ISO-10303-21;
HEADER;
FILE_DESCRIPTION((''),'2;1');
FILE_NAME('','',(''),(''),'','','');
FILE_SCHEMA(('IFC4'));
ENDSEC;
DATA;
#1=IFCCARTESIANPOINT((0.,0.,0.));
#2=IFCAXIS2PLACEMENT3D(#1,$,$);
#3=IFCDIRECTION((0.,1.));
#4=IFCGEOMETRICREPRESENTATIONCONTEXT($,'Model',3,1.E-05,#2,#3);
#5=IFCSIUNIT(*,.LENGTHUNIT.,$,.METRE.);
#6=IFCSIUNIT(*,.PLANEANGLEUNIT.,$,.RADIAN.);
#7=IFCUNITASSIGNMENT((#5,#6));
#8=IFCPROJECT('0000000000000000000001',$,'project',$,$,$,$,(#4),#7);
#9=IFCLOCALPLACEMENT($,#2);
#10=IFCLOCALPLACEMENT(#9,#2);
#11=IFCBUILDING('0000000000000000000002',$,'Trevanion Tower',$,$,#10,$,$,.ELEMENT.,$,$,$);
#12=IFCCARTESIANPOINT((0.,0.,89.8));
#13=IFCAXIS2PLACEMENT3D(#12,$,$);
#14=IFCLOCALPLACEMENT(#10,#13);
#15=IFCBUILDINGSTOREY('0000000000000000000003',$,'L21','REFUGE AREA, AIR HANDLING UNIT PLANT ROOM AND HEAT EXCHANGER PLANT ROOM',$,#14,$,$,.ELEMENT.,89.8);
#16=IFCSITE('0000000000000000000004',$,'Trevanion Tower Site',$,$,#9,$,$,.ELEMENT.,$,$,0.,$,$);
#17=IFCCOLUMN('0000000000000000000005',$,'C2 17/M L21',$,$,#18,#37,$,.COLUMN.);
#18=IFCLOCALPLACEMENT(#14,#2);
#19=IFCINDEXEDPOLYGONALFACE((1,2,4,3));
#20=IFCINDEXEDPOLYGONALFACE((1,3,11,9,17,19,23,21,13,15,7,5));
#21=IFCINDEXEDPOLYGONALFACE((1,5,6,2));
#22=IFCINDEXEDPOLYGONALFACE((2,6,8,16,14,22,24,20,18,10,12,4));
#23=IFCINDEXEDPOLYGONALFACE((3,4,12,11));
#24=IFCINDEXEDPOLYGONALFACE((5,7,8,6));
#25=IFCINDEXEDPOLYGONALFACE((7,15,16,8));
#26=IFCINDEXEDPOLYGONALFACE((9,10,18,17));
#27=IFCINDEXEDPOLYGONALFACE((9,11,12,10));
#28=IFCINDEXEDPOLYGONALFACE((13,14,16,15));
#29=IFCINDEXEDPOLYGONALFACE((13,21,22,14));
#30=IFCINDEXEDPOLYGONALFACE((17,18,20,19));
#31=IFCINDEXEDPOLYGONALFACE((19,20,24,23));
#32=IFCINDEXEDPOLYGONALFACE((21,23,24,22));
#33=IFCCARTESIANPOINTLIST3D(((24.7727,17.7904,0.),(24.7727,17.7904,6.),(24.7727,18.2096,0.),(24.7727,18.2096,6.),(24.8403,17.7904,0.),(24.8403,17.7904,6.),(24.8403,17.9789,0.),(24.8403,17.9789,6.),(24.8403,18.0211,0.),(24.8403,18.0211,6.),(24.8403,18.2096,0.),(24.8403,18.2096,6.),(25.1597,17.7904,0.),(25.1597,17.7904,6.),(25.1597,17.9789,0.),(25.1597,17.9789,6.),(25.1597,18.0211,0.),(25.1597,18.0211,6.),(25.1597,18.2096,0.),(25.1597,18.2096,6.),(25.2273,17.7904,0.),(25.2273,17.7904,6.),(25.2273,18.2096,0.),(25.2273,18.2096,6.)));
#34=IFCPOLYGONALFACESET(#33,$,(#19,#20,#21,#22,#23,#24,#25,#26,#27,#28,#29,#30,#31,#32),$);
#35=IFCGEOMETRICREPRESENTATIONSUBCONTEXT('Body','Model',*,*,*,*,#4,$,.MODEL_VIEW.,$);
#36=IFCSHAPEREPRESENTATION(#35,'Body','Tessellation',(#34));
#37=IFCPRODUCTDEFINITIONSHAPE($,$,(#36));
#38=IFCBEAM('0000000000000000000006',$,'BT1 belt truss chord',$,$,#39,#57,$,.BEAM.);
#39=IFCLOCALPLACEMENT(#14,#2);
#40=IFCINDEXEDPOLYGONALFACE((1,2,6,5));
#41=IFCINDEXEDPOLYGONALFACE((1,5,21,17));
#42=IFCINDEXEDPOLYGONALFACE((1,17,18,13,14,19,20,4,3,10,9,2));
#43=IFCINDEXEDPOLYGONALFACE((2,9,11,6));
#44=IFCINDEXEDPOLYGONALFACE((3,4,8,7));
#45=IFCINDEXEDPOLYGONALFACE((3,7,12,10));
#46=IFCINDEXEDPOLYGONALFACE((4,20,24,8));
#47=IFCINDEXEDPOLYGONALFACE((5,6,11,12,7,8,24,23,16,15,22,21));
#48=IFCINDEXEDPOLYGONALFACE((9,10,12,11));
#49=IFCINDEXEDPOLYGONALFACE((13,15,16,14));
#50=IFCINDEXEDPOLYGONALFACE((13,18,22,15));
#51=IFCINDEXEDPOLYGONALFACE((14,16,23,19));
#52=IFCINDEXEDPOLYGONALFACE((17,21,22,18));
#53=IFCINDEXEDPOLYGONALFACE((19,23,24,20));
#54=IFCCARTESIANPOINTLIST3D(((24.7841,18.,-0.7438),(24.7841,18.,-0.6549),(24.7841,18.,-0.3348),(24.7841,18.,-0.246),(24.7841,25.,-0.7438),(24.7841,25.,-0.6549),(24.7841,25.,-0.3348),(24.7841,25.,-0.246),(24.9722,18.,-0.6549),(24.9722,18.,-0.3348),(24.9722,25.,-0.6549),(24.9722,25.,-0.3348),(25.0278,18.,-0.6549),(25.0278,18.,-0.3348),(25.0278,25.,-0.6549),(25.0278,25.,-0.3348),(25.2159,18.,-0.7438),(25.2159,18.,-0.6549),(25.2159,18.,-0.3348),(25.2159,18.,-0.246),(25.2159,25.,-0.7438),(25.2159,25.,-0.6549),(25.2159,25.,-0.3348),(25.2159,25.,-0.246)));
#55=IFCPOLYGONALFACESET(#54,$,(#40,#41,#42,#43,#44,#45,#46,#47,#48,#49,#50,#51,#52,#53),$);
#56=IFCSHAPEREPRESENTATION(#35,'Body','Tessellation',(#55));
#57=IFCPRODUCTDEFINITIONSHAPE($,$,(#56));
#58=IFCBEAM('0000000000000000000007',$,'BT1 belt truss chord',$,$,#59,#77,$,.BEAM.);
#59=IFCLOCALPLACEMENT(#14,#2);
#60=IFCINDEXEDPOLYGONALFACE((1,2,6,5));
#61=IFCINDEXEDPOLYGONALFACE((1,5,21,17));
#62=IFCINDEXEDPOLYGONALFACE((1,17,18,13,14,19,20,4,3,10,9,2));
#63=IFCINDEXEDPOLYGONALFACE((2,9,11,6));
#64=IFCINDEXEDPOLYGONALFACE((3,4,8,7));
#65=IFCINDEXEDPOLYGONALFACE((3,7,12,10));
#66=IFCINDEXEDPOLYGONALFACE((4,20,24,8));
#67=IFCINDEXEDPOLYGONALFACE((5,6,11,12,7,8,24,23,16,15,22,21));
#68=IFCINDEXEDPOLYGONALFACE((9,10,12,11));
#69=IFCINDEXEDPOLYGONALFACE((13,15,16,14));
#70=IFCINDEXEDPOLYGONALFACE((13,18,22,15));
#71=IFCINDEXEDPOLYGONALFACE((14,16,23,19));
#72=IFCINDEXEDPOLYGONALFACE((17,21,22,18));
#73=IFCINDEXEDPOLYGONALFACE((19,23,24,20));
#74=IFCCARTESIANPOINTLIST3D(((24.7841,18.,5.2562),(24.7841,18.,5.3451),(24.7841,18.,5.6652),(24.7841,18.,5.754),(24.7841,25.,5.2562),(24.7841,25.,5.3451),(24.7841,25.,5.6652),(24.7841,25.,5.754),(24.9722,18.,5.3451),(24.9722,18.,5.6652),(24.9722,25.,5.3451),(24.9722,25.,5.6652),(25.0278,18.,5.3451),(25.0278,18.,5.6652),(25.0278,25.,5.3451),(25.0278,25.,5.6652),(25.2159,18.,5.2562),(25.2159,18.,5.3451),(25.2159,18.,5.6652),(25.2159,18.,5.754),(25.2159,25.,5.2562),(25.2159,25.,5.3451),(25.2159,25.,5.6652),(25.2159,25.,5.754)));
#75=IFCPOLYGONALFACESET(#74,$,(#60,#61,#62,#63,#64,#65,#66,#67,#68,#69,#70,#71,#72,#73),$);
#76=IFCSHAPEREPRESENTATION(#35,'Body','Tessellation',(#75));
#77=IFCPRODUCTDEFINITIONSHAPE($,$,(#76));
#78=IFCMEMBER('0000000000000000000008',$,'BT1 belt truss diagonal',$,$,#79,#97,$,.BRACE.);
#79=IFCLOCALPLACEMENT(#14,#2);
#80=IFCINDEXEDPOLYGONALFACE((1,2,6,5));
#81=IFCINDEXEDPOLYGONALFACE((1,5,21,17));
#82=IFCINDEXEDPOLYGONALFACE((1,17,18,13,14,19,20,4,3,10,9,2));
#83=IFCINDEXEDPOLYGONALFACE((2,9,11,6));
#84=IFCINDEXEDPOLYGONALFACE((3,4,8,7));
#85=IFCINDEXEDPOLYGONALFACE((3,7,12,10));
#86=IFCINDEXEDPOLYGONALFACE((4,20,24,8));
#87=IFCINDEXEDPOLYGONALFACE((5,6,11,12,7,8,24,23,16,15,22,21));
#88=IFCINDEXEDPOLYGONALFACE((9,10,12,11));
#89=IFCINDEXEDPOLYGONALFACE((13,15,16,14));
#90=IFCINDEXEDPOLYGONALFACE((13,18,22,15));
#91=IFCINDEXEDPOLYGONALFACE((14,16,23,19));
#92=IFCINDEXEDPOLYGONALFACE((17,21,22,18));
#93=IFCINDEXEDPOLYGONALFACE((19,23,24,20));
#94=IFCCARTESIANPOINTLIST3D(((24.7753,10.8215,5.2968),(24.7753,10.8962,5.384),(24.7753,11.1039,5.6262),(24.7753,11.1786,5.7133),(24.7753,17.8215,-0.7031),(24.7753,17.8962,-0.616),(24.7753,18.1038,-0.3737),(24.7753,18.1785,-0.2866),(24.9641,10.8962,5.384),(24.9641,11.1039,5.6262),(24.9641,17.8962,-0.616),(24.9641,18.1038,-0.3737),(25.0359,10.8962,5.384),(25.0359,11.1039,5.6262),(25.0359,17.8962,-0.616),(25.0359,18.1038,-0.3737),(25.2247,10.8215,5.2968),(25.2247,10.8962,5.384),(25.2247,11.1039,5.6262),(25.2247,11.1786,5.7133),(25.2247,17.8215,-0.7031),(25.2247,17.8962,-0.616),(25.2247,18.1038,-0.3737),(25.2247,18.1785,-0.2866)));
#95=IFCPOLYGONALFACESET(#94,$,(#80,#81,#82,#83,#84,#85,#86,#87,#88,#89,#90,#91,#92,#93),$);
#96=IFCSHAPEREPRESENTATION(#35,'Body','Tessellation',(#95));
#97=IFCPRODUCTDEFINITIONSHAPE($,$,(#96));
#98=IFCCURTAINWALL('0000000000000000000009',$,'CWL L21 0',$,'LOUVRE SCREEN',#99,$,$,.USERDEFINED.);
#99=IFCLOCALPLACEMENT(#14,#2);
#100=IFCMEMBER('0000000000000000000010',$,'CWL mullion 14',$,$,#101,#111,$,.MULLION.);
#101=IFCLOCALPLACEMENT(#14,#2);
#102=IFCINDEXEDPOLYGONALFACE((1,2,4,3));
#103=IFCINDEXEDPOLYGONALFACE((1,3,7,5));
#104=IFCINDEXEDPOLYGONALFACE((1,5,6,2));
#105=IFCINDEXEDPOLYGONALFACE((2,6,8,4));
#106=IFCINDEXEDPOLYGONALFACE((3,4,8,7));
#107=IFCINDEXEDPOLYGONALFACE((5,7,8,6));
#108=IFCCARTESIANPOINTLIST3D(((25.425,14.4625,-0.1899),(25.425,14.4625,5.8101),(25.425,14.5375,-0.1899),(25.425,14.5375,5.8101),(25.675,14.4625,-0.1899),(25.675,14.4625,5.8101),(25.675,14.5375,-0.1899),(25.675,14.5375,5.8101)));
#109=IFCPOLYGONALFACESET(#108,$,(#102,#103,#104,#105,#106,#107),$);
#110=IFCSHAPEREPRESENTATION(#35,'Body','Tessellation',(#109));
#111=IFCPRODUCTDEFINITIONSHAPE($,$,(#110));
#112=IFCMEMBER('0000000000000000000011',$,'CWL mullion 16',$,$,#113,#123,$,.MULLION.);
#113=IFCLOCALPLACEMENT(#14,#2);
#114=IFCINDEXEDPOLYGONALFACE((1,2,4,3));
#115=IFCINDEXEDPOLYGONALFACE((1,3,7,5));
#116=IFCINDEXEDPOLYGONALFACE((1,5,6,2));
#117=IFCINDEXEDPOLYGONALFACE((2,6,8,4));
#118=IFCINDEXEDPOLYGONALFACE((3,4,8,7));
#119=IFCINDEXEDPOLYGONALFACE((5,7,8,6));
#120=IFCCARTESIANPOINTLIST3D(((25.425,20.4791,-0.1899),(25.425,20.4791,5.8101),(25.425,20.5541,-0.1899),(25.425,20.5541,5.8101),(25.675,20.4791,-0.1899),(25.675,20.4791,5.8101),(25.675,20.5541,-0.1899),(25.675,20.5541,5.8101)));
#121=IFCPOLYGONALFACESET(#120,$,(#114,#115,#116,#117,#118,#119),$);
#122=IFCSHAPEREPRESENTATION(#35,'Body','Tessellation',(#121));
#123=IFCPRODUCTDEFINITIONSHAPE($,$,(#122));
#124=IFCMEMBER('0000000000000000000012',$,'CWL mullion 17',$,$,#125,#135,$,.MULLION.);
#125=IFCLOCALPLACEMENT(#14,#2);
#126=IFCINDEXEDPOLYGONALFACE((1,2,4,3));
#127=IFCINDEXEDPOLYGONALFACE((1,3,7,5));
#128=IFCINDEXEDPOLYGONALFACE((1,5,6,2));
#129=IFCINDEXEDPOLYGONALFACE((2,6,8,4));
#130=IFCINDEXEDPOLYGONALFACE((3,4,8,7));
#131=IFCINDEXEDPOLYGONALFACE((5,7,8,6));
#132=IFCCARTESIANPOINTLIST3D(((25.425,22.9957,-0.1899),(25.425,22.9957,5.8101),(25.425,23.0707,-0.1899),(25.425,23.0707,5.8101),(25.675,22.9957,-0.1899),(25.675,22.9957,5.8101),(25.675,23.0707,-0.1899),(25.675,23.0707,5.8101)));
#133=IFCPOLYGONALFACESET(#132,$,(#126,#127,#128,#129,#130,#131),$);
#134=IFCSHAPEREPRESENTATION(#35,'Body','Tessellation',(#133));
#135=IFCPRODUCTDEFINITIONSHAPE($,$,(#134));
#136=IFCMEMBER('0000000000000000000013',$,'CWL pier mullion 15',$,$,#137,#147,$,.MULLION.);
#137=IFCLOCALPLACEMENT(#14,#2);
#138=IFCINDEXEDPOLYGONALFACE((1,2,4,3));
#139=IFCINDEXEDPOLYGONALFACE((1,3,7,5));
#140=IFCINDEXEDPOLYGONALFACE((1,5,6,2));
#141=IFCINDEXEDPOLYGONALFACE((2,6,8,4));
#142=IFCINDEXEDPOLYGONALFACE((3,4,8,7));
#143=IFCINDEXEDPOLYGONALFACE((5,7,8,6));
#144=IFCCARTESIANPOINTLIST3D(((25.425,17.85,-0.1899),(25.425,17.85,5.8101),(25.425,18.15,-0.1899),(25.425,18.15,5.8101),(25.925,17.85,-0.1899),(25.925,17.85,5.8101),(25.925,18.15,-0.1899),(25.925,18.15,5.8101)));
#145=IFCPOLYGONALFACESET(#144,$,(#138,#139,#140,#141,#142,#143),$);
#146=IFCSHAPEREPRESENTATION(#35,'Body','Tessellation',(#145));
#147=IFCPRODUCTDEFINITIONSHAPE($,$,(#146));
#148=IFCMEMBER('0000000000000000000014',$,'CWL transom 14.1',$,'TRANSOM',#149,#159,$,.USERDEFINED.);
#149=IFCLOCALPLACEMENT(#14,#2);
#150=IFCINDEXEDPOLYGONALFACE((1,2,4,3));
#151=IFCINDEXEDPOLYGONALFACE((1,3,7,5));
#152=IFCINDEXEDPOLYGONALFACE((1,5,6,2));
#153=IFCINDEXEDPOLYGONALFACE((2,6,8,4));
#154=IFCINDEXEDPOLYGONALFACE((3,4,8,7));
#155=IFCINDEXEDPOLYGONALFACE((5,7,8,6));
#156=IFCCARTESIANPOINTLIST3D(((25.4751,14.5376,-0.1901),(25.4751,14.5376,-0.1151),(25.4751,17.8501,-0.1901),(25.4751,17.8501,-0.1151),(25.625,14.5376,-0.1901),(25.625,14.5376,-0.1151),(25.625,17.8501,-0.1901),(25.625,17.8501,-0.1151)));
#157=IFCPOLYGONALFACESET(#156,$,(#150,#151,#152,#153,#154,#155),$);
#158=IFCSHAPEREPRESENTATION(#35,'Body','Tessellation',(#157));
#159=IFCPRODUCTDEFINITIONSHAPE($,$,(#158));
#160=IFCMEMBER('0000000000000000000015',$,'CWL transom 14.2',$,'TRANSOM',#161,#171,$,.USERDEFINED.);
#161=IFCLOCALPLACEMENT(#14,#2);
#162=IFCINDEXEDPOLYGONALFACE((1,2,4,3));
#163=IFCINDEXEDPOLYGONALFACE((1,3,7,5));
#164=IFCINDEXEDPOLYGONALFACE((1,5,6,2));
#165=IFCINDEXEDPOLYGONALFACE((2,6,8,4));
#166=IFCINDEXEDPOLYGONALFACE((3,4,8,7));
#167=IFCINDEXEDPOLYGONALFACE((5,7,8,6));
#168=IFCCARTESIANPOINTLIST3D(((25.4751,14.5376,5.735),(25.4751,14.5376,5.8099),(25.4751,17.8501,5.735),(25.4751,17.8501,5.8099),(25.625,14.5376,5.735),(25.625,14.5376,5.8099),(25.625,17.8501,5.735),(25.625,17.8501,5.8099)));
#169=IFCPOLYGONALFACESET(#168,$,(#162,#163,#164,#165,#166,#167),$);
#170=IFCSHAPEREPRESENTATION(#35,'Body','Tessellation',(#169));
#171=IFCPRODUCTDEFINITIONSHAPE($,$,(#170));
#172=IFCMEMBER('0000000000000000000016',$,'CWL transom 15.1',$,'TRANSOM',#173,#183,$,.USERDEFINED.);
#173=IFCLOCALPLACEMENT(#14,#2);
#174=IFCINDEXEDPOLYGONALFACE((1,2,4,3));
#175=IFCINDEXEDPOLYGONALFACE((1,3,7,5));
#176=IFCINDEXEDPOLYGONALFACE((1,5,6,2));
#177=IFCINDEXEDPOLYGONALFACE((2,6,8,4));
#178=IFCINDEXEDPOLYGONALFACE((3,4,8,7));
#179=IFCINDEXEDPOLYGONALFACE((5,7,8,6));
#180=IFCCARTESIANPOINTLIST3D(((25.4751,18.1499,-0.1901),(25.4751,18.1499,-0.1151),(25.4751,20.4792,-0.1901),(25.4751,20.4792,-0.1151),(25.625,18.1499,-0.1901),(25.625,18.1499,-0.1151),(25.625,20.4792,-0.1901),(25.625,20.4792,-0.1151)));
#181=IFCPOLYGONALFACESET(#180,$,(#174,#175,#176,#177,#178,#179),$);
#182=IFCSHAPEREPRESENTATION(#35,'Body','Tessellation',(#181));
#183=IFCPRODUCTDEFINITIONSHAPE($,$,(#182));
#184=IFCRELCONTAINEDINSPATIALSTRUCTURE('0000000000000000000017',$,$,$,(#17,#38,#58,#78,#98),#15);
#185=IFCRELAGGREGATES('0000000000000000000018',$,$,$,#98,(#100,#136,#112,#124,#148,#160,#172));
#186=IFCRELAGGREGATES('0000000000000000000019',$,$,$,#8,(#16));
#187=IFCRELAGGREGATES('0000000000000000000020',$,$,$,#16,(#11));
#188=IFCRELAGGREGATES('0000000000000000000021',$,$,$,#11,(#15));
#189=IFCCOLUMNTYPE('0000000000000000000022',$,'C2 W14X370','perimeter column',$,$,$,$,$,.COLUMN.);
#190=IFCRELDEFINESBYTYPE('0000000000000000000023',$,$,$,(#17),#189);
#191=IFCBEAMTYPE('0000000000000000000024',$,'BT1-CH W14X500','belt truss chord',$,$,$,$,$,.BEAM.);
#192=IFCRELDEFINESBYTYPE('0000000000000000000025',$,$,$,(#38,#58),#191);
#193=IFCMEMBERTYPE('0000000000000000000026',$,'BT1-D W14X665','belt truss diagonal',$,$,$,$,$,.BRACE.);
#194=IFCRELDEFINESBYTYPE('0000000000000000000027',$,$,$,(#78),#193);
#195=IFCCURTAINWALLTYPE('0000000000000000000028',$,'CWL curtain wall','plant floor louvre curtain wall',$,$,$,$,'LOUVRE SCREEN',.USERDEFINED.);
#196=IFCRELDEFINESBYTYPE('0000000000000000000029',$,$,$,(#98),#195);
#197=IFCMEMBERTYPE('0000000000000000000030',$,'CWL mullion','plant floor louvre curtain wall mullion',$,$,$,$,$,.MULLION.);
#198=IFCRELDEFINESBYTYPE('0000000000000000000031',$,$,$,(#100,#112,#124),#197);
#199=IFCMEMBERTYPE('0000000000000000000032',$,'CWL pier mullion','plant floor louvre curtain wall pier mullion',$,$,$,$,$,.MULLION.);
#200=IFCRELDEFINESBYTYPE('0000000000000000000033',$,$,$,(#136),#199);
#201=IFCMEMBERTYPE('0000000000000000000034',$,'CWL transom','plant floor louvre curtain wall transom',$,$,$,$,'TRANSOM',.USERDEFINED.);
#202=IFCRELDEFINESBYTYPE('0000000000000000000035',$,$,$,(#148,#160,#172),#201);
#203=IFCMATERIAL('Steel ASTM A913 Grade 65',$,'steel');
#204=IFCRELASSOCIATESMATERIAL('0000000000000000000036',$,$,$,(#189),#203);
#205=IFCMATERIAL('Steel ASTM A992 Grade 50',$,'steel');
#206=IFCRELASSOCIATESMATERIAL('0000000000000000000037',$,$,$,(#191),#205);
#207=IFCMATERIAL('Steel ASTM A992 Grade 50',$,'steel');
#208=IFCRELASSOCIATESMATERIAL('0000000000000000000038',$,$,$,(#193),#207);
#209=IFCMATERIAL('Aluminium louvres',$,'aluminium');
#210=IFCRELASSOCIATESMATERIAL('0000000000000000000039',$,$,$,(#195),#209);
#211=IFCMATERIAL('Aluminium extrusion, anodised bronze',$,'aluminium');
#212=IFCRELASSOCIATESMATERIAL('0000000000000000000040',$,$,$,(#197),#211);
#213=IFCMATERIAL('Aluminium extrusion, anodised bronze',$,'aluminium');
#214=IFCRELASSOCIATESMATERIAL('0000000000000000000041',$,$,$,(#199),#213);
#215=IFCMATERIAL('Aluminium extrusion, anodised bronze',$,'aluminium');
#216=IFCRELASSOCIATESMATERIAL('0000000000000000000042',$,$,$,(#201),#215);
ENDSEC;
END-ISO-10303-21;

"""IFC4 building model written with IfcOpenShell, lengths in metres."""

from ifc_helpers import new_model, si_unit, direction, frame, origin, origin_2d, place, context, subcontext, project, spatial, rectangle, i_section, extrude, material, material_profile, profile_set, type_object, element, aggregate, save


model = new_model("IFC4")

# Units and contexts
model_context = context("Model", 3, precision=1e-05, world=origin(), true_north=direction((0.0, 1.0)))
body_context = subcontext(model_context, "Body", "Model", "MODEL_VIEW")
ifc_project = project(units=[si_unit("LENGTHUNIT", "METRE"), si_unit("PLANEANGLEUNIT", "RADIAN")], contexts=[model_context])

# Site, building, storey
site_placement = place(None, origin())
site = spatial("IfcSite", under=ifc_project, at=site_placement, Name="Trevanion Tower Site", CompositionType="ELEMENT", RefElevation=0.0)
building_placement = place(site_placement, origin())
building = spatial("IfcBuilding", under=site, at=building_placement, Name="Trevanion Tower", CompositionType="ELEMENT")
storey_placement = place(building_placement, frame((0.0, 0.0, 89.8)))
storey = spatial("IfcBuildingStorey", under=building, at=storey_placement, Name="L21", Description="REFUGE AREA, AIR HANDLING UNIT PLANT ROOM AND HEAT EXCHANGER PLANT ROOM", CompositionType="ELEMENT", Elevation=89.8)

# Column
ifc_material_1 = material(Name="Steel ASTM A913 Grade 65", Category="steel")
ifc_material_profile_1 = material_profile(ifc_material_1, i_section(OverallWidth=0.4192, OverallDepth=0.4546, WebThickness=0.0422, FlangeThickness=0.0676, at=origin_2d()), Name="W14X370")
ifc_profile_set_1 = profile_set([ifc_material_profile_1], Name="Steel ASTM A913 Grade 65")
column_type = type_object("IfcColumnType", Name="C2 W14X370", Description="perimeter column", PredefinedType="COLUMN", material=ifc_profile_set_1)
column_placement = place(storey_placement, frame((25.0, 18.0, 0.0), z_axis=(0.0, 0.0, 1.0), x_axis=(0.0, 1.0, 0.0)))
element("IfcColumn", 1, at=column_placement, inside=storey, type_object=column_type, Name="C2 17/M L21", PredefinedType="COLUMN", context=body_context, shape_type="SweptSolid", body=[
    extrude(i_section(OverallWidth=0.4192, OverallDepth=0.4546, WebThickness=0.0422, FlangeThickness=0.0676, at=origin_2d()), origin(), (0.0, 0.0, 1.0), 6.0),
])

# Beams
ifc_material_2 = material(Name="Steel ASTM A992 Grade 50", Category="steel")
ifc_material_profile_2 = material_profile(ifc_material_2, i_section(OverallWidth=0.4319, OverallDepth=0.4978, WebThickness=0.0557, FlangeThickness=0.0889, at=origin_2d()), Name="W14X500")
ifc_profile_set_2 = profile_set([ifc_material_profile_2], Name="Steel ASTM A992 Grade 50")
beam_type = type_object("IfcBeamType", Name="BT1-CH W14X500", Description="belt truss chord", PredefinedType="BEAM", material=ifc_profile_set_2)
for number, where, z_axis, x_axis, name in (
    (2, (25.0, 18.0, -0.4949), (0.0, 1.0, 0.0), (-1.0, 0.0, 0.0), "BT1 belt truss chord"),
    (3, (25.0, 18.0, 5.5051), (0.0, 1.0, 0.0), (-1.0, 0.0, 0.0), "BT1 belt truss chord"),
):
    element("IfcBeam", number, at=place(storey_placement, frame(where, z_axis=z_axis, x_axis=x_axis)), inside=storey, type_object=beam_type, Name=name, PredefinedType="BEAM", context=body_context, shape_type="SweptSolid", body=[
        extrude(i_section(OverallWidth=0.4319, OverallDepth=0.4978, WebThickness=0.0557, FlangeThickness=0.0889, at=origin_2d()), origin(), (0.0, 0.0, 1.0), 7.0),
    ])

# Member
ifc_material_3 = material(Name="Steel ASTM A992 Grade 50", Category="steel")
ifc_material_profile_3 = material_profile(ifc_material_3, i_section(OverallWidth=0.4495, OverallDepth=0.5486, WebThickness=0.0718, FlangeThickness=0.1147, at=origin_2d()), Name="W14X665")
ifc_profile_set_3 = profile_set([ifc_material_profile_3], Name="Steel ASTM A992 Grade 50")
member_type_1 = type_object("IfcMemberType", Name="BT1-D W14X665", Description="belt truss diagonal", PredefinedType="BRACE", material=ifc_profile_set_3)
member_1_placement = place(storey_placement, frame((25.0, 18.0, -0.4949), z_axis=(0.0, -0.759257, 0.650791), x_axis=(1.0, 0.0, 0.0)))
element("IfcMember", 4, at=member_1_placement, inside=storey, type_object=member_type_1, Name="BT1 belt truss diagonal", PredefinedType="BRACE", context=body_context, shape_type="SweptSolid", body=[
    extrude(i_section(OverallWidth=0.4495, OverallDepth=0.5486, WebThickness=0.0718, FlangeThickness=0.1147, at=origin_2d()), origin(), (0.0, 0.0, 1.0), 9.2195),
])

# Curtain wall, members
ifc_material_4 = material(Name="Aluminium louvres", Category="aluminium")
curtain_wall_type = type_object("IfcCurtainWallType", Name="CWL curtain wall", Description="plant floor louvre curtain wall", ElementType="LOUVRE SCREEN", PredefinedType="USERDEFINED", material=ifc_material_4)
curtain_wall_placement = place(storey_placement, origin())
curtain_wall = element("IfcCurtainWall", 5, at=curtain_wall_placement, inside=storey, type_object=curtain_wall_type, Name="CWL L21 0", ObjectType="LOUVRE SCREEN", PredefinedType="USERDEFINED")
ifc_material_5 = material(Name="Aluminium extrusion, anodised bronze", Category="aluminium")
ifc_material_profile_4 = material_profile(ifc_material_5, rectangle(XDim=0.075, YDim=0.25, at=origin_2d()), Name="CWL mullion")
ifc_profile_set_4 = profile_set([ifc_material_profile_4], Name="Aluminium extrusion, anodised bronze")
member_type_2 = type_object("IfcMemberType", Name="CWL mullion", Description="plant floor louvre curtain wall mullion", PredefinedType="MULLION", material=ifc_profile_set_4)
member_2_placement = place(storey_placement, frame((25.55, 14.5, -0.1899), z_axis=(0.0, 0.0, 1.0), x_axis=(0.0, 1.0, 0.0)))
member_2 = element("IfcMember", 6, at=member_2_placement, type_object=member_type_2, Name="CWL mullion 14", PredefinedType="MULLION", context=body_context, shape_type="SweptSolid", body=[
    extrude(rectangle(XDim=0.075, YDim=0.25, at=origin_2d()), origin(), (0.0, 0.0, 1.0), 6.0),
])
member_3_placement = place(storey_placement, frame((25.55, 20.5166, -0.1899), z_axis=(0.0, 0.0, 1.0), x_axis=(0.0, 1.0, 0.0)))
member_3 = element("IfcMember", 7, at=member_3_placement, type_object=member_type_2, Name="CWL mullion 16", PredefinedType="MULLION", context=body_context, shape_type="SweptSolid", body=[
    extrude(rectangle(XDim=0.075, YDim=0.25, at=origin_2d()), origin(), (0.0, 0.0, 1.0), 6.0),
])
member_4_placement = place(storey_placement, frame((25.55, 23.0332, -0.1899), z_axis=(0.0, 0.0, 1.0), x_axis=(0.0, 1.0, 0.0)))
member_4 = element("IfcMember", 8, at=member_4_placement, type_object=member_type_2, Name="CWL mullion 17", PredefinedType="MULLION", context=body_context, shape_type="SweptSolid", body=[
    extrude(rectangle(XDim=0.075, YDim=0.25, at=origin_2d()), origin(), (0.0, 0.0, 1.0), 6.0),
])
ifc_material_6 = material(Name="Aluminium extrusion, anodised bronze", Category="aluminium")
ifc_material_profile_5 = material_profile(ifc_material_6, rectangle(XDim=0.3, YDim=0.5, at=origin_2d()), Name="CWL pier mullion")
ifc_profile_set_5 = profile_set([ifc_material_profile_5], Name="Aluminium extrusion, anodised bronze")
member_type_3 = type_object("IfcMemberType", Name="CWL pier mullion", Description="plant floor louvre curtain wall pier mullion", PredefinedType="MULLION", material=ifc_profile_set_5)
member_5_placement = place(storey_placement, frame((25.675, 18.0, -0.1899), z_axis=(0.0, 0.0, 1.0), x_axis=(0.0, 1.0, 0.0)))
member_5 = element("IfcMember", 9, at=member_5_placement, type_object=member_type_3, Name="CWL pier mullion 15", PredefinedType="MULLION", context=body_context, shape_type="SweptSolid", body=[
    extrude(rectangle(XDim=0.3, YDim=0.5, at=origin_2d()), origin(), (0.0, 0.0, 1.0), 6.0),
])
ifc_material_7 = material(Name="Aluminium extrusion, anodised bronze", Category="aluminium")
ifc_material_profile_6 = material_profile(ifc_material_7, rectangle(XDim=0.1499, YDim=0.075, at=origin_2d()), Name="CWL transom")
ifc_profile_set_6 = profile_set([ifc_material_profile_6], Name="Aluminium extrusion, anodised bronze")
member_type_4 = type_object("IfcMemberType", Name="CWL transom", Description="plant floor louvre curtain wall transom", ElementType="TRANSOM", PredefinedType="USERDEFINED", material=ifc_profile_set_6)
member_6_placement = place(storey_placement, frame((25.55, 14.5376, -0.1526), z_axis=(0.0, 1.0, 0.0), x_axis=(-1.0, 0.0, 0.0)))
member_6 = element("IfcMember", 10, at=member_6_placement, type_object=member_type_4, Name="CWL transom 14.1", ObjectType="TRANSOM", PredefinedType="USERDEFINED", context=body_context, shape_type="SweptSolid", body=[
    extrude(rectangle(XDim=0.1499, YDim=0.075, at=origin_2d()), origin(), (0.0, 0.0, 1.0), 3.3125),
])
member_7_placement = place(storey_placement, frame((25.55, 14.5376, 5.7725), z_axis=(0.0, 1.0, 0.0), x_axis=(-1.0, 0.0, 0.0)))
member_7 = element("IfcMember", 11, at=member_7_placement, type_object=member_type_4, Name="CWL transom 14.2", ObjectType="TRANSOM", PredefinedType="USERDEFINED", context=body_context, shape_type="SweptSolid", body=[
    extrude(rectangle(XDim=0.1499, YDim=0.075, at=origin_2d()), origin(), (0.0, 0.0, 1.0), 3.3125),
])
member_8_placement = place(storey_placement, frame((25.55, 18.1499, -0.1526), z_axis=(0.0, 1.0, 0.0), x_axis=(-1.0, 0.0, 0.0)))
member_8 = element("IfcMember", 12, at=member_8_placement, type_object=member_type_4, Name="CWL transom 15.1", ObjectType="TRANSOM", PredefinedType="USERDEFINED", context=body_context, shape_type="SweptSolid", body=[
    extrude(rectangle(XDim=0.1499, YDim=0.075, at=origin_2d()), origin(), (0.0, 0.0, 1.0), 2.3293),
])
aggregate(curtain_wall, [member_2, member_5, member_3, member_4, member_6, member_7, member_8])

save(model, "model.ifc")
